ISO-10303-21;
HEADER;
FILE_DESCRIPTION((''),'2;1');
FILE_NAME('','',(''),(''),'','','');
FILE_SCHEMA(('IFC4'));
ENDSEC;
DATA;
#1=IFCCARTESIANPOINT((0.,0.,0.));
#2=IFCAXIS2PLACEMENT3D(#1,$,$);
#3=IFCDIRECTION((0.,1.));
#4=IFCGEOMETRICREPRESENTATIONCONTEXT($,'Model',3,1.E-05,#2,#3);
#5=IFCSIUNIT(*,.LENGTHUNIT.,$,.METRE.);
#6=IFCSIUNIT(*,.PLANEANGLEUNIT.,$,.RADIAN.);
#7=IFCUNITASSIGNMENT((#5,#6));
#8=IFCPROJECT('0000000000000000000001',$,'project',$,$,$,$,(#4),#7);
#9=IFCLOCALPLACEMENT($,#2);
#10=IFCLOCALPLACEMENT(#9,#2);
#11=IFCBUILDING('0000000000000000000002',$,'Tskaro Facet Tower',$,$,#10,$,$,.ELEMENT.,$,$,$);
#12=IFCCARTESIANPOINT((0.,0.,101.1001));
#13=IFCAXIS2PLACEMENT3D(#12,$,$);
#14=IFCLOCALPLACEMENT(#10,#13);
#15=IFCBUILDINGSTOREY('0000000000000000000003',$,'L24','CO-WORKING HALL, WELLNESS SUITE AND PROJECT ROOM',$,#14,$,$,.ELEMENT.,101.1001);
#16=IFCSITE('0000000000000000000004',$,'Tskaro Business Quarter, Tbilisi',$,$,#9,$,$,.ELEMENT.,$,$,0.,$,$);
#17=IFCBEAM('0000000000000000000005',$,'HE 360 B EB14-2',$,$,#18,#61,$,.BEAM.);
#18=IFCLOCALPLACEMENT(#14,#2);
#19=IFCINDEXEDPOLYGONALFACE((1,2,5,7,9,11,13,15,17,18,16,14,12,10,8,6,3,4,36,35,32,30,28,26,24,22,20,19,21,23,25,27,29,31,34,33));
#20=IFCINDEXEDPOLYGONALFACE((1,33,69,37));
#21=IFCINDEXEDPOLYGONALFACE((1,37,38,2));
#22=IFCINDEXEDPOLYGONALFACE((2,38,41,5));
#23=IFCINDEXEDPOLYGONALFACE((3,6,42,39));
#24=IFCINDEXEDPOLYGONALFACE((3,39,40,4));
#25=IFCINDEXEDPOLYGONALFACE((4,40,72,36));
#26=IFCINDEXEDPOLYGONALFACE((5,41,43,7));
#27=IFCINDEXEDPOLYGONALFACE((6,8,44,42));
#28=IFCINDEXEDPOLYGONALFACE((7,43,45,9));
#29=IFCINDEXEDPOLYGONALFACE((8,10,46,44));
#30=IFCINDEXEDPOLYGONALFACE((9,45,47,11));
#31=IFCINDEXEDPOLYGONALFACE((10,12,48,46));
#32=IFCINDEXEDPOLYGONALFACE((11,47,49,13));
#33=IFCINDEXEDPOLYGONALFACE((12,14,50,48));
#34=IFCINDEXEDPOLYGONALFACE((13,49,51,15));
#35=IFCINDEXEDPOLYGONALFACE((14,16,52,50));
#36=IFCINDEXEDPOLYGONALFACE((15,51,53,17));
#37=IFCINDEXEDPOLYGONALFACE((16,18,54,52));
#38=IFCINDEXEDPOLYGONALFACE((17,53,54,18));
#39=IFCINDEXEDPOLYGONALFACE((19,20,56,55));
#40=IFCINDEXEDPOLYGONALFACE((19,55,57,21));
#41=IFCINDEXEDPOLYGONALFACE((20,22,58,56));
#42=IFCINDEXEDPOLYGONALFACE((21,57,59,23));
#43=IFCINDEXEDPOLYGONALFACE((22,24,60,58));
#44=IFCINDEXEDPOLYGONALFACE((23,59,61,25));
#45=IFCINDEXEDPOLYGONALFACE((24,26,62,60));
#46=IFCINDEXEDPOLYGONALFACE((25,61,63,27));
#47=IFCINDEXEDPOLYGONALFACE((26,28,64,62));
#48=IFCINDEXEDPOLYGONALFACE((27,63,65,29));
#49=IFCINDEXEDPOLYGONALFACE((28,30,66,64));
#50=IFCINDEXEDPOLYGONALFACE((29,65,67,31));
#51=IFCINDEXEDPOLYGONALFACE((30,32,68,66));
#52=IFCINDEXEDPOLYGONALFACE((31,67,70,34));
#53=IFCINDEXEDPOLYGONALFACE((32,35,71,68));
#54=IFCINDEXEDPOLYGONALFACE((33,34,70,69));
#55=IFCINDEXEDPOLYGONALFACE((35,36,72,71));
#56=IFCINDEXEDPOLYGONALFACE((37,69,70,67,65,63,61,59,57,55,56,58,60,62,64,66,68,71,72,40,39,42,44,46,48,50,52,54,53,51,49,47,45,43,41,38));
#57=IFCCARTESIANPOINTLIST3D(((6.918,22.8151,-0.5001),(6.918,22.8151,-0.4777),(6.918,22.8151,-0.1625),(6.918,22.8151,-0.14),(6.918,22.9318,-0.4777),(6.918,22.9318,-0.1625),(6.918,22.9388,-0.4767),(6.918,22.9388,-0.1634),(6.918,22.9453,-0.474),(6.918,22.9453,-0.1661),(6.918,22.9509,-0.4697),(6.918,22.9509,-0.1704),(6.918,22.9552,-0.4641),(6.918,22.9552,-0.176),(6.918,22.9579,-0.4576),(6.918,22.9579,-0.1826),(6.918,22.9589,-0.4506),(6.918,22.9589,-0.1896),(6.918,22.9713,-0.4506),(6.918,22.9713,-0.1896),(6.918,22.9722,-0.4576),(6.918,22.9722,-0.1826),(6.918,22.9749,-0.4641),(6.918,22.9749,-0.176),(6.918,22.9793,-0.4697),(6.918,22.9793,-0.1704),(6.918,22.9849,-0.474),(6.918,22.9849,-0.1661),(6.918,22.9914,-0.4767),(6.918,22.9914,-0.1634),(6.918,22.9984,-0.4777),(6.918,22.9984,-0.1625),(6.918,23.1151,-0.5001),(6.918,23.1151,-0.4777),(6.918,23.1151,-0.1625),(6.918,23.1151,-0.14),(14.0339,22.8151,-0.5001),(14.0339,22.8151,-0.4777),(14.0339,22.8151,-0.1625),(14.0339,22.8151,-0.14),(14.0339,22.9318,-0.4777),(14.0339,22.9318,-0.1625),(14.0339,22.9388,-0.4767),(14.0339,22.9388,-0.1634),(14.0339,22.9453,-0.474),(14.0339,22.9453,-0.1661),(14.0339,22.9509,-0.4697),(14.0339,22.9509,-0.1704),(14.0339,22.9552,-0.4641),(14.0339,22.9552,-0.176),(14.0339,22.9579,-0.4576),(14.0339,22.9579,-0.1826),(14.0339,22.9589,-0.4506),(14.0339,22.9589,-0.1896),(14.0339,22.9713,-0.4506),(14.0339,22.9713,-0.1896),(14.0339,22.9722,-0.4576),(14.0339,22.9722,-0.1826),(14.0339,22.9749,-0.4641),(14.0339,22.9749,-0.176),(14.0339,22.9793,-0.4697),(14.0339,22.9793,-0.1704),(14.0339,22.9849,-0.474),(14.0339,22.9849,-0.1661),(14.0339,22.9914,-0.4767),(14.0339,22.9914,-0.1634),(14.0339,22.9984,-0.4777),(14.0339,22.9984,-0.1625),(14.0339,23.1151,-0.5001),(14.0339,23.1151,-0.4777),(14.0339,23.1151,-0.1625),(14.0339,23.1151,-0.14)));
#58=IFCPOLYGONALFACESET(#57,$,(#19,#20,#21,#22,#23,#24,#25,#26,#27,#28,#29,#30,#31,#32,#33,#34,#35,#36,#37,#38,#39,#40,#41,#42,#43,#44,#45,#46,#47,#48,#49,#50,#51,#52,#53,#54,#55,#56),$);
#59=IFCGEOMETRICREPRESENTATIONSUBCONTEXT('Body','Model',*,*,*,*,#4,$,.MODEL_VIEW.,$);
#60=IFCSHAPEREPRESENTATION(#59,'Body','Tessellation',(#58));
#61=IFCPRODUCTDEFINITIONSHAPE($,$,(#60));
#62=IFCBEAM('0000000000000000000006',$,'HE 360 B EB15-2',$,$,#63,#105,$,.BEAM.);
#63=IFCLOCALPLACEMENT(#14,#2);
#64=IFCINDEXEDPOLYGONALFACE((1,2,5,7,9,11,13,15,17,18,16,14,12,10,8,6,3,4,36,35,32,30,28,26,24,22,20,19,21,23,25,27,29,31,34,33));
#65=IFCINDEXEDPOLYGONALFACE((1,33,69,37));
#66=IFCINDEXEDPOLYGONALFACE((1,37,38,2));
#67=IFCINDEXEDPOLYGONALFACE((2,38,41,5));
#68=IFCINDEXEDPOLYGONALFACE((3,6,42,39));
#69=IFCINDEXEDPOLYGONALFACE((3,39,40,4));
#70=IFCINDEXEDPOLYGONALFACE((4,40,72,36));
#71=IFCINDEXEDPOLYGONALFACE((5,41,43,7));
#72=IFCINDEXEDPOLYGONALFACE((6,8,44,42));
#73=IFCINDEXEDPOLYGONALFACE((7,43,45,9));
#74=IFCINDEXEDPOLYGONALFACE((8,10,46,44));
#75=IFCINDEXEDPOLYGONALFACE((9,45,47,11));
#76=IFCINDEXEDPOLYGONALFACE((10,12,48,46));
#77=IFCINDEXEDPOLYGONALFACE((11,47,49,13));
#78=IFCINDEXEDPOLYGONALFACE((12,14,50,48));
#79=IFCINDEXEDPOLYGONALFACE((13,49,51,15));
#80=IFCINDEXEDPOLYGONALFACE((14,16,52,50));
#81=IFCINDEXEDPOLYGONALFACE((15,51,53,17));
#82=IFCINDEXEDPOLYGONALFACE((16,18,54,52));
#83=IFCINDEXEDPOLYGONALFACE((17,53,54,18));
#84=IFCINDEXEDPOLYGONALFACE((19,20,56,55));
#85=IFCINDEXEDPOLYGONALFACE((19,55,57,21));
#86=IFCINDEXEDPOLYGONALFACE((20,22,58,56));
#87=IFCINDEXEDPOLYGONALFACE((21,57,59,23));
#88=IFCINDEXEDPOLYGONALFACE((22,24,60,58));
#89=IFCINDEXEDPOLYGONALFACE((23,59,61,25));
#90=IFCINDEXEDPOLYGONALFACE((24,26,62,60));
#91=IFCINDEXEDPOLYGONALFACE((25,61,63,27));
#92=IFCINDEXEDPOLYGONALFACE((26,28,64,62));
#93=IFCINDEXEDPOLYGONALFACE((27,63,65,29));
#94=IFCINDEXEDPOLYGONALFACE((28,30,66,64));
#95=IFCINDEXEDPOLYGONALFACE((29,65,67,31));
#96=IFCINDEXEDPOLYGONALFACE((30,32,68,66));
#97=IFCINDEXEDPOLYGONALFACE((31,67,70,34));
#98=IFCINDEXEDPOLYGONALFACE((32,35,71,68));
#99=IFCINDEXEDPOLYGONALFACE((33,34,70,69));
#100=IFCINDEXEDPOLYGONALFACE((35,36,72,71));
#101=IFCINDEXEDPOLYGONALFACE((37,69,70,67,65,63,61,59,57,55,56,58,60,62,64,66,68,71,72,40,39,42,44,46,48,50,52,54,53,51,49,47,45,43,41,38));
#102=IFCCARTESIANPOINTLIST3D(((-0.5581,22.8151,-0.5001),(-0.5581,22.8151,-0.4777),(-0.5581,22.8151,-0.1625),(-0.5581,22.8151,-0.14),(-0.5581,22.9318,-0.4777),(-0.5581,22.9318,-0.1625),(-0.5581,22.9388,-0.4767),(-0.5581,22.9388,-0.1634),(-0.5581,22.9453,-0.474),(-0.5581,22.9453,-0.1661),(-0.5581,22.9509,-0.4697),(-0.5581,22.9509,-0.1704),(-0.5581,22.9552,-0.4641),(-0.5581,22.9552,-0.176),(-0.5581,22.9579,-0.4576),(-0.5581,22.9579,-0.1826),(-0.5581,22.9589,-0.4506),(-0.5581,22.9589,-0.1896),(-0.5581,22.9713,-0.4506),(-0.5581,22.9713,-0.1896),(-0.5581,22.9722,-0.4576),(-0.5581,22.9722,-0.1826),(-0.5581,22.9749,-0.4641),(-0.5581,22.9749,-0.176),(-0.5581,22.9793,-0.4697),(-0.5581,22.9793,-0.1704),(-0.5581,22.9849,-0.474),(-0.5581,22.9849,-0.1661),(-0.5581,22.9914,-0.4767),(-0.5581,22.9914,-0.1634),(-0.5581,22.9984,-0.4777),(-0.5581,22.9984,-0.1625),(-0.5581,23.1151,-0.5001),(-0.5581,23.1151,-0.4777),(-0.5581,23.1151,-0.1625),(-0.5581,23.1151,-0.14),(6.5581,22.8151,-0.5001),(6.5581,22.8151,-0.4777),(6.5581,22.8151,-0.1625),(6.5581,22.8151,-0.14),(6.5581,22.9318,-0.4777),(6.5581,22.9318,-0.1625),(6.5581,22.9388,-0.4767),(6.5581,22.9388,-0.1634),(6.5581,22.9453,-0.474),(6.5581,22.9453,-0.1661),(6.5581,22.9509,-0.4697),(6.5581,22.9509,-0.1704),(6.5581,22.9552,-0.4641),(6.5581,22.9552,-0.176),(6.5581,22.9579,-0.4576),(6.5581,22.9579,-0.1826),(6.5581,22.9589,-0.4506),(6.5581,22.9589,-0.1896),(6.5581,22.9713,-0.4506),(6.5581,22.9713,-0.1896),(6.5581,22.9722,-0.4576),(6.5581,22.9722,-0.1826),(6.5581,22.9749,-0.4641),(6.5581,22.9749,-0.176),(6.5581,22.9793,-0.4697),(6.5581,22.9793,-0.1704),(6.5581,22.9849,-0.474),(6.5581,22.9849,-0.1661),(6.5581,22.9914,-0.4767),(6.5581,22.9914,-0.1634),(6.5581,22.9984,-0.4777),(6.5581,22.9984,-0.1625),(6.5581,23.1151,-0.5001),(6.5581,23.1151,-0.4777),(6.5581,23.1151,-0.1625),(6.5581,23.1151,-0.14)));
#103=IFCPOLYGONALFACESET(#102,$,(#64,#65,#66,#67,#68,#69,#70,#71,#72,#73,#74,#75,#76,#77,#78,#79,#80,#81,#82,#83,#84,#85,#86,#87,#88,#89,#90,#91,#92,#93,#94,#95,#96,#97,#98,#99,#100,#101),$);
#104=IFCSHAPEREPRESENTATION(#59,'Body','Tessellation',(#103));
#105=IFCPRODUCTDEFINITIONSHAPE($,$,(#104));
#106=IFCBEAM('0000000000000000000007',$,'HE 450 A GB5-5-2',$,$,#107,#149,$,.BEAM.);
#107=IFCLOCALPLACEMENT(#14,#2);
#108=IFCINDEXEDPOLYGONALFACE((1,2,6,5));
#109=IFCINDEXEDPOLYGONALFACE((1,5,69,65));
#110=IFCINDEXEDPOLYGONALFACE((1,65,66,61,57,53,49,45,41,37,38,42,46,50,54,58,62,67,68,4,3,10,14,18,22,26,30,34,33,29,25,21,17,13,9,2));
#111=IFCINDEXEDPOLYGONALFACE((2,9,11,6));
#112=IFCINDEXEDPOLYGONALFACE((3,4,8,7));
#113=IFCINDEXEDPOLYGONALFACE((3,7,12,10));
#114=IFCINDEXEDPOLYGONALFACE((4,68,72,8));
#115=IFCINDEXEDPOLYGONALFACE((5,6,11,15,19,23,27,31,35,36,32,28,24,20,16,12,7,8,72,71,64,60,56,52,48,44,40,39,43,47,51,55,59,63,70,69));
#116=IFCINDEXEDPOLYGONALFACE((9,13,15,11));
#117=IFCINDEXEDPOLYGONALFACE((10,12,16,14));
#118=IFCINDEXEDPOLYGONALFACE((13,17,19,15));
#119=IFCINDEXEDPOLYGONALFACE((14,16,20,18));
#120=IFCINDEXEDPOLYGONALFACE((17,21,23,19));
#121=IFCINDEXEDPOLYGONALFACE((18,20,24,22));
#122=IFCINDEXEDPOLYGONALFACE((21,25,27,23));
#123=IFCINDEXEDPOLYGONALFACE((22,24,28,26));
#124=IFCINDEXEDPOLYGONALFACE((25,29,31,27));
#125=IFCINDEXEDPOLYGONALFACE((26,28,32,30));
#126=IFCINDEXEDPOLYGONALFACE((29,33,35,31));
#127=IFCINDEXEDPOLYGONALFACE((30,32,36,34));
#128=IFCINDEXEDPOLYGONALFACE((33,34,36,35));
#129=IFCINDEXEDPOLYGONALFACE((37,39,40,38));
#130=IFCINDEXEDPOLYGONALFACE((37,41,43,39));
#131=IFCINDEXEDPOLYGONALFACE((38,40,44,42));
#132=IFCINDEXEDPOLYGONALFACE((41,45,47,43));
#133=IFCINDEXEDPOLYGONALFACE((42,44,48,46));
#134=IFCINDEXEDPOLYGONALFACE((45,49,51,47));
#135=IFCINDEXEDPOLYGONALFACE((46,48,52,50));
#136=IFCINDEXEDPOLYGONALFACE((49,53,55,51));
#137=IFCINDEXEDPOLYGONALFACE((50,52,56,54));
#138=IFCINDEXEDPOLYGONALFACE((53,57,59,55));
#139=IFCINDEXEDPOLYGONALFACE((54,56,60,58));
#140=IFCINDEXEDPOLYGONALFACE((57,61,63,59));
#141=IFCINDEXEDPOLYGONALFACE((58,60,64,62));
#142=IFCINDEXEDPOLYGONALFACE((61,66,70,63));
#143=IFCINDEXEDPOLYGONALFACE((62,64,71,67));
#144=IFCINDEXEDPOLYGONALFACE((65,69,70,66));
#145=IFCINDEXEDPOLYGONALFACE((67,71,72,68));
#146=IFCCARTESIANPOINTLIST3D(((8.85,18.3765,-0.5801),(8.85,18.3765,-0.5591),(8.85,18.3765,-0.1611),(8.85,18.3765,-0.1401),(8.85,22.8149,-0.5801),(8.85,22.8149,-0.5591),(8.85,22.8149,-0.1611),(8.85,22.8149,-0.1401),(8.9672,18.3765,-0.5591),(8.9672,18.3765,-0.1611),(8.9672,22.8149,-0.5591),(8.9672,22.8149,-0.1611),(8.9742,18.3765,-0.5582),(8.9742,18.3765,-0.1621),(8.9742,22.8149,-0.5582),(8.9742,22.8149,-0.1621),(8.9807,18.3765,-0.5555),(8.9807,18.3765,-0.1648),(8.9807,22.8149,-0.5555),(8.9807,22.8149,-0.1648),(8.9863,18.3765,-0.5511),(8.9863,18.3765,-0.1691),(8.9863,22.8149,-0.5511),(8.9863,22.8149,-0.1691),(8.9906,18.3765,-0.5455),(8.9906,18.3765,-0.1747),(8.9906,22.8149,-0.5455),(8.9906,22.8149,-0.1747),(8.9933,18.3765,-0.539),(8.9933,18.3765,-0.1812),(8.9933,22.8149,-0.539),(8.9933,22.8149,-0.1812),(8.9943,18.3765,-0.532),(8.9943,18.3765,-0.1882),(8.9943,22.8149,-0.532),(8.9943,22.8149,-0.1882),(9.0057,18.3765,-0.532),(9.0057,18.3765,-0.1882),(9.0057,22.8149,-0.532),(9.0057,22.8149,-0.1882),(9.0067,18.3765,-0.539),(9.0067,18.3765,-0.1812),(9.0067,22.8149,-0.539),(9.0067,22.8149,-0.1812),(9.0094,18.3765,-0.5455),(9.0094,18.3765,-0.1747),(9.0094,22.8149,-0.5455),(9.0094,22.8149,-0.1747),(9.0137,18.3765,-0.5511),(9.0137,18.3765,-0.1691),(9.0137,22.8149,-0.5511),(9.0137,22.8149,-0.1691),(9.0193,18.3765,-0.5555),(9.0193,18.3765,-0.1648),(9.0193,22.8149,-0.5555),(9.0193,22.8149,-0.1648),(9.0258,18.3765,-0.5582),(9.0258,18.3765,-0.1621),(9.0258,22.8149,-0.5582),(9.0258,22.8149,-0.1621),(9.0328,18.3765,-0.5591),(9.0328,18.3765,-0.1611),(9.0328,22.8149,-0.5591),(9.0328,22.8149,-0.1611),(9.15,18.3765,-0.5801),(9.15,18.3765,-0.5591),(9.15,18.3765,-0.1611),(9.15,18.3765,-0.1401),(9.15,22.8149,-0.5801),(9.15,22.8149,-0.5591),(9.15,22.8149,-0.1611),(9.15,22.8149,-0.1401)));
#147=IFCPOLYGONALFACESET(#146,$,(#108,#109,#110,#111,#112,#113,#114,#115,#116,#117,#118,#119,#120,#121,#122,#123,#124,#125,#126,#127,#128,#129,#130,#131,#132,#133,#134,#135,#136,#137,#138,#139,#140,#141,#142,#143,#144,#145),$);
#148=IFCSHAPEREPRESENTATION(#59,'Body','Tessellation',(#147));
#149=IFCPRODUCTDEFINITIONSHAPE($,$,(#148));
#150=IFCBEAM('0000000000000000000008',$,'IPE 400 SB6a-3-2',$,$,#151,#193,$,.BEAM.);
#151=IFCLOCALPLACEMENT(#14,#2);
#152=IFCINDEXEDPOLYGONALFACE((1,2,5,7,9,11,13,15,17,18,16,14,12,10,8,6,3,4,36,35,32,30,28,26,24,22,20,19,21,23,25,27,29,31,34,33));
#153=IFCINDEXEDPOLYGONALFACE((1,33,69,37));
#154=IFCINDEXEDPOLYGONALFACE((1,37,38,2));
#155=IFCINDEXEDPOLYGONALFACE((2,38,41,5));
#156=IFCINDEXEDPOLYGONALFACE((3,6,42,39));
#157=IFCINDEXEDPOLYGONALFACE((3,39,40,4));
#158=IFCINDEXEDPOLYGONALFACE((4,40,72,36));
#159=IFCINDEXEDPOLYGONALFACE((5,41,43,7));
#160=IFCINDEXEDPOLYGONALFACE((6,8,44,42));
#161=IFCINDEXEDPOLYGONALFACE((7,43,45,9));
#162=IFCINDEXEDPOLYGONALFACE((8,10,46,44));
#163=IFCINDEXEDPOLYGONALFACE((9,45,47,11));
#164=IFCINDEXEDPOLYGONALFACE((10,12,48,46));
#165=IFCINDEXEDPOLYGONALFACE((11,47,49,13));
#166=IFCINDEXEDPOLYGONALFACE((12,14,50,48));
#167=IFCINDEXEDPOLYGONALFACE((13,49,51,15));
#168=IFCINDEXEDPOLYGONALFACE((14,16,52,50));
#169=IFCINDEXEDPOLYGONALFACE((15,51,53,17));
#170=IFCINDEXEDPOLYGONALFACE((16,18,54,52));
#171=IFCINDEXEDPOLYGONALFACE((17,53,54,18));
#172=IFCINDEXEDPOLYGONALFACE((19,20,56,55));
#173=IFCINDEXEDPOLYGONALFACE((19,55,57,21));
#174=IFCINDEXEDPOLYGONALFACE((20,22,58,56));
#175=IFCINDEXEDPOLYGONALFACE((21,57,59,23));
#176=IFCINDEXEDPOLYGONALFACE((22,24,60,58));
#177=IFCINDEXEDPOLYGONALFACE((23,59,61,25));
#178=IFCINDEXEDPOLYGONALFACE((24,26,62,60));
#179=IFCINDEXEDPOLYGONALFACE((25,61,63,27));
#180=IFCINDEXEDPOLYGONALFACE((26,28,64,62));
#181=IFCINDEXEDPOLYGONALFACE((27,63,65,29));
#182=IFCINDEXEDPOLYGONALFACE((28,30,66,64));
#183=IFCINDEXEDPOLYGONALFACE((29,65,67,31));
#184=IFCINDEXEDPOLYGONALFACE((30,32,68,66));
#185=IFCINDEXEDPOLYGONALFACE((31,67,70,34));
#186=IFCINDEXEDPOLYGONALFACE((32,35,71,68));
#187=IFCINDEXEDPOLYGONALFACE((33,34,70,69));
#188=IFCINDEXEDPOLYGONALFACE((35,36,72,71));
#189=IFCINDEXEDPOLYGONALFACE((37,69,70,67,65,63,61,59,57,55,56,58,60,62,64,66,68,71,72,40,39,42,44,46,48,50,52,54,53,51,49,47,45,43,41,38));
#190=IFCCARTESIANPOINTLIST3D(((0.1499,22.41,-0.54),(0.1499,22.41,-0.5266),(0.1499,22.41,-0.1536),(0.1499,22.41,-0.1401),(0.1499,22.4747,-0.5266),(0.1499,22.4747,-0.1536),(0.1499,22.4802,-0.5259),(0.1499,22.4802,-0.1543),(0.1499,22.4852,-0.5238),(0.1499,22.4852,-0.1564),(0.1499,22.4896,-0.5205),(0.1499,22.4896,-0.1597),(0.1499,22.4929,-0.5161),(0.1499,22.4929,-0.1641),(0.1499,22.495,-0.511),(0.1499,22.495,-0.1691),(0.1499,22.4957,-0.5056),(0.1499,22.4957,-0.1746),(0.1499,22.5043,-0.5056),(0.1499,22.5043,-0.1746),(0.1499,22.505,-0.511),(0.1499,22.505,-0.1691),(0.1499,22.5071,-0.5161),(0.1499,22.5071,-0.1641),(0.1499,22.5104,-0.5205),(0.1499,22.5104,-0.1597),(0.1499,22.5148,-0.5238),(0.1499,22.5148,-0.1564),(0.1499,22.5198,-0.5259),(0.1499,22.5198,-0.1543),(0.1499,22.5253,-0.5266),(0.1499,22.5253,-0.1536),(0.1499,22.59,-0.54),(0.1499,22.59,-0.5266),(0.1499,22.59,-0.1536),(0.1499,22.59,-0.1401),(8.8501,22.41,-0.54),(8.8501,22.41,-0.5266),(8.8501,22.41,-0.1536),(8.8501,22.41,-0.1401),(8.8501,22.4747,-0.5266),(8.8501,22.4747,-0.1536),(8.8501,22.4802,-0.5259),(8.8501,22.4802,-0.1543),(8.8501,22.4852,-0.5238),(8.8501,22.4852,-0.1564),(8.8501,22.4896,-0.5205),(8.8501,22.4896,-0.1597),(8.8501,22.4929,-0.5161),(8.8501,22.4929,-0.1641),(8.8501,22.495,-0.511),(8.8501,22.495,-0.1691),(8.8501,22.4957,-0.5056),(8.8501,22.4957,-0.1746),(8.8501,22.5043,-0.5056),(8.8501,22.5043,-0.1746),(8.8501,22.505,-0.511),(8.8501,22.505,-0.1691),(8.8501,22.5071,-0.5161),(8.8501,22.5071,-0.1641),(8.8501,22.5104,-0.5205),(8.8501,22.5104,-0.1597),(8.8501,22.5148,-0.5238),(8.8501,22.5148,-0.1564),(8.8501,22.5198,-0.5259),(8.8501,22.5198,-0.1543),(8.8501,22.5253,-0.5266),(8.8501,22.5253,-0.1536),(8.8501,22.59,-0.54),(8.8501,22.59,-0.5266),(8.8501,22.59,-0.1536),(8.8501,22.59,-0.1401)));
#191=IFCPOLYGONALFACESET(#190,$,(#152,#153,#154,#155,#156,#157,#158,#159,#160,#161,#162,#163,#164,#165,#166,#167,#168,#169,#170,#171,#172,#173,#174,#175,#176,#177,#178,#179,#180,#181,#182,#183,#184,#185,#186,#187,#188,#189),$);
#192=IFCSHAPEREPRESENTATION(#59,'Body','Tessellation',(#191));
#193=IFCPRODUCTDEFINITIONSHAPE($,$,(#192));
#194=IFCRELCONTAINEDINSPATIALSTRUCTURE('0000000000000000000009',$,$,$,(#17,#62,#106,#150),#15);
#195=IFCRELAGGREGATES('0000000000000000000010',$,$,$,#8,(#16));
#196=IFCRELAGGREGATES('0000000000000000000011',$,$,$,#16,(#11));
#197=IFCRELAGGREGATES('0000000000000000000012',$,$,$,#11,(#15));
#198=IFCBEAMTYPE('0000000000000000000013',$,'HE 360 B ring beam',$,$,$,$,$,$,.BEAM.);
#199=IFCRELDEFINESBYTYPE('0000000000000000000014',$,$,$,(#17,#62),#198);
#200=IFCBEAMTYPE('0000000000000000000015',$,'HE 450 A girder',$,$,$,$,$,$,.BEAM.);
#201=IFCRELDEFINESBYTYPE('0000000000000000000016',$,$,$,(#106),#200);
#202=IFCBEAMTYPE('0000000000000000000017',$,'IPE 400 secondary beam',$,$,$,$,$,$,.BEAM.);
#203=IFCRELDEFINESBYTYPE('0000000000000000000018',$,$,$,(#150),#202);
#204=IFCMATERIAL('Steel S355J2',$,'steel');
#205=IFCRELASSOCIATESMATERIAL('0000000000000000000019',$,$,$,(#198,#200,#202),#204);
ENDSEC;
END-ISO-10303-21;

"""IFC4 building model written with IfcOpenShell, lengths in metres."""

from ifc_helpers import new_model, si_unit, direction, frame, origin, origin_2d, place, context, subcontext, project, spatial, i_section, extrude, material, material_profile, profile_set, type_object, element, save


model = new_model("IFC4")

# Units and contexts
model_context = context("Model", 3, precision=1e-05, world=origin(), true_north=direction((0.0, 1.0)))
body_context = subcontext(model_context, "Body", "Model", "MODEL_VIEW")
ifc_project = project(units=[si_unit("LENGTHUNIT", "METRE"), si_unit("PLANEANGLEUNIT", "RADIAN")], contexts=[model_context])

# Site, building, storey
site_placement = place(None, origin())
site = spatial("IfcSite", under=ifc_project, at=site_placement, Name="Tskaro Business Quarter, Tbilisi", CompositionType="ELEMENT", RefElevation=0.0)
building_placement = place(site_placement, origin())
building = spatial("IfcBuilding", under=site, at=building_placement, Name="Tskaro Facet Tower", CompositionType="ELEMENT")
storey_placement = place(building_placement, frame((0.0, 0.0, 101.1001)))
storey = spatial("IfcBuildingStorey", under=building, at=storey_placement, Name="L24", Description="CO-WORKING HALL, WELLNESS SUITE AND PROJECT ROOM", CompositionType="ELEMENT", Elevation=101.1001)

# Beams
ifc_material_1 = material(Name="Steel S355J2", Category="steel")
ifc_material_profile_1 = material_profile(ifc_material_1, i_section(OverallWidth=0.3, OverallDepth=0.3601, WebThickness=0.0125, FlangeThickness=0.0225, FilletRadius=0.0271, at=origin_2d()), Name="HE 360 B")
ifc_profile_set_1 = profile_set([ifc_material_profile_1], Name="Steel S355J2")
beam_type_1 = type_object("IfcBeamType", Name="HE 360 B ring beam", PredefinedType="BEAM", material=ifc_profile_set_1)
beam_1_placement = place(storey_placement, frame((14.0339, 22.9651, -0.3201), z_axis=(-1.0, 0.0, 0.0), x_axis=(0.0, -1.0, 0.0)))
element("IfcBeam", 1, at=beam_1_placement, inside=storey, type_object=beam_type_1, Name="HE 360 B EB14-2", PredefinedType="BEAM", context=body_context, shape_type="SweptSolid", body=[
    extrude(i_section(OverallWidth=0.3, OverallDepth=0.3601, WebThickness=0.0125, FlangeThickness=0.0225, FilletRadius=0.0271, at=origin_2d()), origin(), (0.0, 0.0, 1.0), 7.116),
])
beam_2_placement = place(storey_placement, frame((6.5581, 22.9651, -0.3201), z_axis=(-1.0, 0.0, 0.0), x_axis=(0.0, -1.0, 0.0)))
element("IfcBeam", 2, at=beam_2_placement, inside=storey, type_object=beam_type_1, Name="HE 360 B EB15-2", PredefinedType="BEAM", context=body_context, shape_type="SweptSolid", body=[
    extrude(i_section(OverallWidth=0.3, OverallDepth=0.3601, WebThickness=0.0125, FlangeThickness=0.0225, FilletRadius=0.0271, at=origin_2d()), origin(), (0.0, 0.0, 1.0), 7.1162),
])
ifc_material_profile_2 = material_profile(ifc_material_1, i_section(OverallWidth=0.3, OverallDepth=0.4399, WebThickness=0.0115, FlangeThickness=0.021, FilletRadius=0.0271, at=origin_2d()), Name="HE 450 A")
ifc_profile_set_2 = profile_set([ifc_material_profile_2], Name="Steel S355J2")
beam_type_2 = type_object("IfcBeamType", Name="HE 450 A girder", PredefinedType="BEAM", material=ifc_profile_set_2)
beam_3_placement = place(storey_placement, frame((9.0, 18.3765, -0.3601), z_axis=(0.0, 1.0, 0.0), x_axis=(-1.0, 0.0, 0.0)))
element("IfcBeam", 3, at=beam_3_placement, inside=storey, type_object=beam_type_2, Name="HE 450 A GB5-5-2", PredefinedType="BEAM", context=body_context, shape_type="SweptSolid", body=[
    extrude(i_section(OverallWidth=0.3, OverallDepth=0.4399, WebThickness=0.0115, FlangeThickness=0.021, FilletRadius=0.0271, at=origin_2d()), origin(), (0.0, 0.0, 1.0), 4.4385),
])
ifc_material_profile_3 = material_profile(ifc_material_1, i_section(OverallWidth=0.1799, OverallDepth=0.3999, WebThickness=0.0085, FlangeThickness=0.0134, FilletRadius=0.021, at=origin_2d()), Name="IPE 400")
ifc_profile_set_3 = profile_set([ifc_material_profile_3], Name="Steel S355J2")
beam_type_3 = type_object("IfcBeamType", Name="IPE 400 secondary beam", PredefinedType="BEAM", material=ifc_profile_set_3)
for number, where, z_axis, x_axis, name in (
    (4, (0.1499, 22.5, -0.3401), (1.0, 0.0, 0.0), (0.0, 1.0, 0.0), "IPE 400 SB6a-3-2"),
):
    element("IfcBeam", number, at=place(storey_placement, frame(where, z_axis=z_axis, x_axis=x_axis)), inside=storey, type_object=beam_type_3, Name=name, PredefinedType="BEAM", context=body_context, shape_type="SweptSolid", body=[
        extrude(i_section(OverallWidth=0.1799, OverallDepth=0.3999, WebThickness=0.0085, FlangeThickness=0.0134, FilletRadius=0.021, at=origin_2d()), origin(), (0.0, 0.0, 1.0), 8.7002),
    ])

save(model, "model.ifc")
